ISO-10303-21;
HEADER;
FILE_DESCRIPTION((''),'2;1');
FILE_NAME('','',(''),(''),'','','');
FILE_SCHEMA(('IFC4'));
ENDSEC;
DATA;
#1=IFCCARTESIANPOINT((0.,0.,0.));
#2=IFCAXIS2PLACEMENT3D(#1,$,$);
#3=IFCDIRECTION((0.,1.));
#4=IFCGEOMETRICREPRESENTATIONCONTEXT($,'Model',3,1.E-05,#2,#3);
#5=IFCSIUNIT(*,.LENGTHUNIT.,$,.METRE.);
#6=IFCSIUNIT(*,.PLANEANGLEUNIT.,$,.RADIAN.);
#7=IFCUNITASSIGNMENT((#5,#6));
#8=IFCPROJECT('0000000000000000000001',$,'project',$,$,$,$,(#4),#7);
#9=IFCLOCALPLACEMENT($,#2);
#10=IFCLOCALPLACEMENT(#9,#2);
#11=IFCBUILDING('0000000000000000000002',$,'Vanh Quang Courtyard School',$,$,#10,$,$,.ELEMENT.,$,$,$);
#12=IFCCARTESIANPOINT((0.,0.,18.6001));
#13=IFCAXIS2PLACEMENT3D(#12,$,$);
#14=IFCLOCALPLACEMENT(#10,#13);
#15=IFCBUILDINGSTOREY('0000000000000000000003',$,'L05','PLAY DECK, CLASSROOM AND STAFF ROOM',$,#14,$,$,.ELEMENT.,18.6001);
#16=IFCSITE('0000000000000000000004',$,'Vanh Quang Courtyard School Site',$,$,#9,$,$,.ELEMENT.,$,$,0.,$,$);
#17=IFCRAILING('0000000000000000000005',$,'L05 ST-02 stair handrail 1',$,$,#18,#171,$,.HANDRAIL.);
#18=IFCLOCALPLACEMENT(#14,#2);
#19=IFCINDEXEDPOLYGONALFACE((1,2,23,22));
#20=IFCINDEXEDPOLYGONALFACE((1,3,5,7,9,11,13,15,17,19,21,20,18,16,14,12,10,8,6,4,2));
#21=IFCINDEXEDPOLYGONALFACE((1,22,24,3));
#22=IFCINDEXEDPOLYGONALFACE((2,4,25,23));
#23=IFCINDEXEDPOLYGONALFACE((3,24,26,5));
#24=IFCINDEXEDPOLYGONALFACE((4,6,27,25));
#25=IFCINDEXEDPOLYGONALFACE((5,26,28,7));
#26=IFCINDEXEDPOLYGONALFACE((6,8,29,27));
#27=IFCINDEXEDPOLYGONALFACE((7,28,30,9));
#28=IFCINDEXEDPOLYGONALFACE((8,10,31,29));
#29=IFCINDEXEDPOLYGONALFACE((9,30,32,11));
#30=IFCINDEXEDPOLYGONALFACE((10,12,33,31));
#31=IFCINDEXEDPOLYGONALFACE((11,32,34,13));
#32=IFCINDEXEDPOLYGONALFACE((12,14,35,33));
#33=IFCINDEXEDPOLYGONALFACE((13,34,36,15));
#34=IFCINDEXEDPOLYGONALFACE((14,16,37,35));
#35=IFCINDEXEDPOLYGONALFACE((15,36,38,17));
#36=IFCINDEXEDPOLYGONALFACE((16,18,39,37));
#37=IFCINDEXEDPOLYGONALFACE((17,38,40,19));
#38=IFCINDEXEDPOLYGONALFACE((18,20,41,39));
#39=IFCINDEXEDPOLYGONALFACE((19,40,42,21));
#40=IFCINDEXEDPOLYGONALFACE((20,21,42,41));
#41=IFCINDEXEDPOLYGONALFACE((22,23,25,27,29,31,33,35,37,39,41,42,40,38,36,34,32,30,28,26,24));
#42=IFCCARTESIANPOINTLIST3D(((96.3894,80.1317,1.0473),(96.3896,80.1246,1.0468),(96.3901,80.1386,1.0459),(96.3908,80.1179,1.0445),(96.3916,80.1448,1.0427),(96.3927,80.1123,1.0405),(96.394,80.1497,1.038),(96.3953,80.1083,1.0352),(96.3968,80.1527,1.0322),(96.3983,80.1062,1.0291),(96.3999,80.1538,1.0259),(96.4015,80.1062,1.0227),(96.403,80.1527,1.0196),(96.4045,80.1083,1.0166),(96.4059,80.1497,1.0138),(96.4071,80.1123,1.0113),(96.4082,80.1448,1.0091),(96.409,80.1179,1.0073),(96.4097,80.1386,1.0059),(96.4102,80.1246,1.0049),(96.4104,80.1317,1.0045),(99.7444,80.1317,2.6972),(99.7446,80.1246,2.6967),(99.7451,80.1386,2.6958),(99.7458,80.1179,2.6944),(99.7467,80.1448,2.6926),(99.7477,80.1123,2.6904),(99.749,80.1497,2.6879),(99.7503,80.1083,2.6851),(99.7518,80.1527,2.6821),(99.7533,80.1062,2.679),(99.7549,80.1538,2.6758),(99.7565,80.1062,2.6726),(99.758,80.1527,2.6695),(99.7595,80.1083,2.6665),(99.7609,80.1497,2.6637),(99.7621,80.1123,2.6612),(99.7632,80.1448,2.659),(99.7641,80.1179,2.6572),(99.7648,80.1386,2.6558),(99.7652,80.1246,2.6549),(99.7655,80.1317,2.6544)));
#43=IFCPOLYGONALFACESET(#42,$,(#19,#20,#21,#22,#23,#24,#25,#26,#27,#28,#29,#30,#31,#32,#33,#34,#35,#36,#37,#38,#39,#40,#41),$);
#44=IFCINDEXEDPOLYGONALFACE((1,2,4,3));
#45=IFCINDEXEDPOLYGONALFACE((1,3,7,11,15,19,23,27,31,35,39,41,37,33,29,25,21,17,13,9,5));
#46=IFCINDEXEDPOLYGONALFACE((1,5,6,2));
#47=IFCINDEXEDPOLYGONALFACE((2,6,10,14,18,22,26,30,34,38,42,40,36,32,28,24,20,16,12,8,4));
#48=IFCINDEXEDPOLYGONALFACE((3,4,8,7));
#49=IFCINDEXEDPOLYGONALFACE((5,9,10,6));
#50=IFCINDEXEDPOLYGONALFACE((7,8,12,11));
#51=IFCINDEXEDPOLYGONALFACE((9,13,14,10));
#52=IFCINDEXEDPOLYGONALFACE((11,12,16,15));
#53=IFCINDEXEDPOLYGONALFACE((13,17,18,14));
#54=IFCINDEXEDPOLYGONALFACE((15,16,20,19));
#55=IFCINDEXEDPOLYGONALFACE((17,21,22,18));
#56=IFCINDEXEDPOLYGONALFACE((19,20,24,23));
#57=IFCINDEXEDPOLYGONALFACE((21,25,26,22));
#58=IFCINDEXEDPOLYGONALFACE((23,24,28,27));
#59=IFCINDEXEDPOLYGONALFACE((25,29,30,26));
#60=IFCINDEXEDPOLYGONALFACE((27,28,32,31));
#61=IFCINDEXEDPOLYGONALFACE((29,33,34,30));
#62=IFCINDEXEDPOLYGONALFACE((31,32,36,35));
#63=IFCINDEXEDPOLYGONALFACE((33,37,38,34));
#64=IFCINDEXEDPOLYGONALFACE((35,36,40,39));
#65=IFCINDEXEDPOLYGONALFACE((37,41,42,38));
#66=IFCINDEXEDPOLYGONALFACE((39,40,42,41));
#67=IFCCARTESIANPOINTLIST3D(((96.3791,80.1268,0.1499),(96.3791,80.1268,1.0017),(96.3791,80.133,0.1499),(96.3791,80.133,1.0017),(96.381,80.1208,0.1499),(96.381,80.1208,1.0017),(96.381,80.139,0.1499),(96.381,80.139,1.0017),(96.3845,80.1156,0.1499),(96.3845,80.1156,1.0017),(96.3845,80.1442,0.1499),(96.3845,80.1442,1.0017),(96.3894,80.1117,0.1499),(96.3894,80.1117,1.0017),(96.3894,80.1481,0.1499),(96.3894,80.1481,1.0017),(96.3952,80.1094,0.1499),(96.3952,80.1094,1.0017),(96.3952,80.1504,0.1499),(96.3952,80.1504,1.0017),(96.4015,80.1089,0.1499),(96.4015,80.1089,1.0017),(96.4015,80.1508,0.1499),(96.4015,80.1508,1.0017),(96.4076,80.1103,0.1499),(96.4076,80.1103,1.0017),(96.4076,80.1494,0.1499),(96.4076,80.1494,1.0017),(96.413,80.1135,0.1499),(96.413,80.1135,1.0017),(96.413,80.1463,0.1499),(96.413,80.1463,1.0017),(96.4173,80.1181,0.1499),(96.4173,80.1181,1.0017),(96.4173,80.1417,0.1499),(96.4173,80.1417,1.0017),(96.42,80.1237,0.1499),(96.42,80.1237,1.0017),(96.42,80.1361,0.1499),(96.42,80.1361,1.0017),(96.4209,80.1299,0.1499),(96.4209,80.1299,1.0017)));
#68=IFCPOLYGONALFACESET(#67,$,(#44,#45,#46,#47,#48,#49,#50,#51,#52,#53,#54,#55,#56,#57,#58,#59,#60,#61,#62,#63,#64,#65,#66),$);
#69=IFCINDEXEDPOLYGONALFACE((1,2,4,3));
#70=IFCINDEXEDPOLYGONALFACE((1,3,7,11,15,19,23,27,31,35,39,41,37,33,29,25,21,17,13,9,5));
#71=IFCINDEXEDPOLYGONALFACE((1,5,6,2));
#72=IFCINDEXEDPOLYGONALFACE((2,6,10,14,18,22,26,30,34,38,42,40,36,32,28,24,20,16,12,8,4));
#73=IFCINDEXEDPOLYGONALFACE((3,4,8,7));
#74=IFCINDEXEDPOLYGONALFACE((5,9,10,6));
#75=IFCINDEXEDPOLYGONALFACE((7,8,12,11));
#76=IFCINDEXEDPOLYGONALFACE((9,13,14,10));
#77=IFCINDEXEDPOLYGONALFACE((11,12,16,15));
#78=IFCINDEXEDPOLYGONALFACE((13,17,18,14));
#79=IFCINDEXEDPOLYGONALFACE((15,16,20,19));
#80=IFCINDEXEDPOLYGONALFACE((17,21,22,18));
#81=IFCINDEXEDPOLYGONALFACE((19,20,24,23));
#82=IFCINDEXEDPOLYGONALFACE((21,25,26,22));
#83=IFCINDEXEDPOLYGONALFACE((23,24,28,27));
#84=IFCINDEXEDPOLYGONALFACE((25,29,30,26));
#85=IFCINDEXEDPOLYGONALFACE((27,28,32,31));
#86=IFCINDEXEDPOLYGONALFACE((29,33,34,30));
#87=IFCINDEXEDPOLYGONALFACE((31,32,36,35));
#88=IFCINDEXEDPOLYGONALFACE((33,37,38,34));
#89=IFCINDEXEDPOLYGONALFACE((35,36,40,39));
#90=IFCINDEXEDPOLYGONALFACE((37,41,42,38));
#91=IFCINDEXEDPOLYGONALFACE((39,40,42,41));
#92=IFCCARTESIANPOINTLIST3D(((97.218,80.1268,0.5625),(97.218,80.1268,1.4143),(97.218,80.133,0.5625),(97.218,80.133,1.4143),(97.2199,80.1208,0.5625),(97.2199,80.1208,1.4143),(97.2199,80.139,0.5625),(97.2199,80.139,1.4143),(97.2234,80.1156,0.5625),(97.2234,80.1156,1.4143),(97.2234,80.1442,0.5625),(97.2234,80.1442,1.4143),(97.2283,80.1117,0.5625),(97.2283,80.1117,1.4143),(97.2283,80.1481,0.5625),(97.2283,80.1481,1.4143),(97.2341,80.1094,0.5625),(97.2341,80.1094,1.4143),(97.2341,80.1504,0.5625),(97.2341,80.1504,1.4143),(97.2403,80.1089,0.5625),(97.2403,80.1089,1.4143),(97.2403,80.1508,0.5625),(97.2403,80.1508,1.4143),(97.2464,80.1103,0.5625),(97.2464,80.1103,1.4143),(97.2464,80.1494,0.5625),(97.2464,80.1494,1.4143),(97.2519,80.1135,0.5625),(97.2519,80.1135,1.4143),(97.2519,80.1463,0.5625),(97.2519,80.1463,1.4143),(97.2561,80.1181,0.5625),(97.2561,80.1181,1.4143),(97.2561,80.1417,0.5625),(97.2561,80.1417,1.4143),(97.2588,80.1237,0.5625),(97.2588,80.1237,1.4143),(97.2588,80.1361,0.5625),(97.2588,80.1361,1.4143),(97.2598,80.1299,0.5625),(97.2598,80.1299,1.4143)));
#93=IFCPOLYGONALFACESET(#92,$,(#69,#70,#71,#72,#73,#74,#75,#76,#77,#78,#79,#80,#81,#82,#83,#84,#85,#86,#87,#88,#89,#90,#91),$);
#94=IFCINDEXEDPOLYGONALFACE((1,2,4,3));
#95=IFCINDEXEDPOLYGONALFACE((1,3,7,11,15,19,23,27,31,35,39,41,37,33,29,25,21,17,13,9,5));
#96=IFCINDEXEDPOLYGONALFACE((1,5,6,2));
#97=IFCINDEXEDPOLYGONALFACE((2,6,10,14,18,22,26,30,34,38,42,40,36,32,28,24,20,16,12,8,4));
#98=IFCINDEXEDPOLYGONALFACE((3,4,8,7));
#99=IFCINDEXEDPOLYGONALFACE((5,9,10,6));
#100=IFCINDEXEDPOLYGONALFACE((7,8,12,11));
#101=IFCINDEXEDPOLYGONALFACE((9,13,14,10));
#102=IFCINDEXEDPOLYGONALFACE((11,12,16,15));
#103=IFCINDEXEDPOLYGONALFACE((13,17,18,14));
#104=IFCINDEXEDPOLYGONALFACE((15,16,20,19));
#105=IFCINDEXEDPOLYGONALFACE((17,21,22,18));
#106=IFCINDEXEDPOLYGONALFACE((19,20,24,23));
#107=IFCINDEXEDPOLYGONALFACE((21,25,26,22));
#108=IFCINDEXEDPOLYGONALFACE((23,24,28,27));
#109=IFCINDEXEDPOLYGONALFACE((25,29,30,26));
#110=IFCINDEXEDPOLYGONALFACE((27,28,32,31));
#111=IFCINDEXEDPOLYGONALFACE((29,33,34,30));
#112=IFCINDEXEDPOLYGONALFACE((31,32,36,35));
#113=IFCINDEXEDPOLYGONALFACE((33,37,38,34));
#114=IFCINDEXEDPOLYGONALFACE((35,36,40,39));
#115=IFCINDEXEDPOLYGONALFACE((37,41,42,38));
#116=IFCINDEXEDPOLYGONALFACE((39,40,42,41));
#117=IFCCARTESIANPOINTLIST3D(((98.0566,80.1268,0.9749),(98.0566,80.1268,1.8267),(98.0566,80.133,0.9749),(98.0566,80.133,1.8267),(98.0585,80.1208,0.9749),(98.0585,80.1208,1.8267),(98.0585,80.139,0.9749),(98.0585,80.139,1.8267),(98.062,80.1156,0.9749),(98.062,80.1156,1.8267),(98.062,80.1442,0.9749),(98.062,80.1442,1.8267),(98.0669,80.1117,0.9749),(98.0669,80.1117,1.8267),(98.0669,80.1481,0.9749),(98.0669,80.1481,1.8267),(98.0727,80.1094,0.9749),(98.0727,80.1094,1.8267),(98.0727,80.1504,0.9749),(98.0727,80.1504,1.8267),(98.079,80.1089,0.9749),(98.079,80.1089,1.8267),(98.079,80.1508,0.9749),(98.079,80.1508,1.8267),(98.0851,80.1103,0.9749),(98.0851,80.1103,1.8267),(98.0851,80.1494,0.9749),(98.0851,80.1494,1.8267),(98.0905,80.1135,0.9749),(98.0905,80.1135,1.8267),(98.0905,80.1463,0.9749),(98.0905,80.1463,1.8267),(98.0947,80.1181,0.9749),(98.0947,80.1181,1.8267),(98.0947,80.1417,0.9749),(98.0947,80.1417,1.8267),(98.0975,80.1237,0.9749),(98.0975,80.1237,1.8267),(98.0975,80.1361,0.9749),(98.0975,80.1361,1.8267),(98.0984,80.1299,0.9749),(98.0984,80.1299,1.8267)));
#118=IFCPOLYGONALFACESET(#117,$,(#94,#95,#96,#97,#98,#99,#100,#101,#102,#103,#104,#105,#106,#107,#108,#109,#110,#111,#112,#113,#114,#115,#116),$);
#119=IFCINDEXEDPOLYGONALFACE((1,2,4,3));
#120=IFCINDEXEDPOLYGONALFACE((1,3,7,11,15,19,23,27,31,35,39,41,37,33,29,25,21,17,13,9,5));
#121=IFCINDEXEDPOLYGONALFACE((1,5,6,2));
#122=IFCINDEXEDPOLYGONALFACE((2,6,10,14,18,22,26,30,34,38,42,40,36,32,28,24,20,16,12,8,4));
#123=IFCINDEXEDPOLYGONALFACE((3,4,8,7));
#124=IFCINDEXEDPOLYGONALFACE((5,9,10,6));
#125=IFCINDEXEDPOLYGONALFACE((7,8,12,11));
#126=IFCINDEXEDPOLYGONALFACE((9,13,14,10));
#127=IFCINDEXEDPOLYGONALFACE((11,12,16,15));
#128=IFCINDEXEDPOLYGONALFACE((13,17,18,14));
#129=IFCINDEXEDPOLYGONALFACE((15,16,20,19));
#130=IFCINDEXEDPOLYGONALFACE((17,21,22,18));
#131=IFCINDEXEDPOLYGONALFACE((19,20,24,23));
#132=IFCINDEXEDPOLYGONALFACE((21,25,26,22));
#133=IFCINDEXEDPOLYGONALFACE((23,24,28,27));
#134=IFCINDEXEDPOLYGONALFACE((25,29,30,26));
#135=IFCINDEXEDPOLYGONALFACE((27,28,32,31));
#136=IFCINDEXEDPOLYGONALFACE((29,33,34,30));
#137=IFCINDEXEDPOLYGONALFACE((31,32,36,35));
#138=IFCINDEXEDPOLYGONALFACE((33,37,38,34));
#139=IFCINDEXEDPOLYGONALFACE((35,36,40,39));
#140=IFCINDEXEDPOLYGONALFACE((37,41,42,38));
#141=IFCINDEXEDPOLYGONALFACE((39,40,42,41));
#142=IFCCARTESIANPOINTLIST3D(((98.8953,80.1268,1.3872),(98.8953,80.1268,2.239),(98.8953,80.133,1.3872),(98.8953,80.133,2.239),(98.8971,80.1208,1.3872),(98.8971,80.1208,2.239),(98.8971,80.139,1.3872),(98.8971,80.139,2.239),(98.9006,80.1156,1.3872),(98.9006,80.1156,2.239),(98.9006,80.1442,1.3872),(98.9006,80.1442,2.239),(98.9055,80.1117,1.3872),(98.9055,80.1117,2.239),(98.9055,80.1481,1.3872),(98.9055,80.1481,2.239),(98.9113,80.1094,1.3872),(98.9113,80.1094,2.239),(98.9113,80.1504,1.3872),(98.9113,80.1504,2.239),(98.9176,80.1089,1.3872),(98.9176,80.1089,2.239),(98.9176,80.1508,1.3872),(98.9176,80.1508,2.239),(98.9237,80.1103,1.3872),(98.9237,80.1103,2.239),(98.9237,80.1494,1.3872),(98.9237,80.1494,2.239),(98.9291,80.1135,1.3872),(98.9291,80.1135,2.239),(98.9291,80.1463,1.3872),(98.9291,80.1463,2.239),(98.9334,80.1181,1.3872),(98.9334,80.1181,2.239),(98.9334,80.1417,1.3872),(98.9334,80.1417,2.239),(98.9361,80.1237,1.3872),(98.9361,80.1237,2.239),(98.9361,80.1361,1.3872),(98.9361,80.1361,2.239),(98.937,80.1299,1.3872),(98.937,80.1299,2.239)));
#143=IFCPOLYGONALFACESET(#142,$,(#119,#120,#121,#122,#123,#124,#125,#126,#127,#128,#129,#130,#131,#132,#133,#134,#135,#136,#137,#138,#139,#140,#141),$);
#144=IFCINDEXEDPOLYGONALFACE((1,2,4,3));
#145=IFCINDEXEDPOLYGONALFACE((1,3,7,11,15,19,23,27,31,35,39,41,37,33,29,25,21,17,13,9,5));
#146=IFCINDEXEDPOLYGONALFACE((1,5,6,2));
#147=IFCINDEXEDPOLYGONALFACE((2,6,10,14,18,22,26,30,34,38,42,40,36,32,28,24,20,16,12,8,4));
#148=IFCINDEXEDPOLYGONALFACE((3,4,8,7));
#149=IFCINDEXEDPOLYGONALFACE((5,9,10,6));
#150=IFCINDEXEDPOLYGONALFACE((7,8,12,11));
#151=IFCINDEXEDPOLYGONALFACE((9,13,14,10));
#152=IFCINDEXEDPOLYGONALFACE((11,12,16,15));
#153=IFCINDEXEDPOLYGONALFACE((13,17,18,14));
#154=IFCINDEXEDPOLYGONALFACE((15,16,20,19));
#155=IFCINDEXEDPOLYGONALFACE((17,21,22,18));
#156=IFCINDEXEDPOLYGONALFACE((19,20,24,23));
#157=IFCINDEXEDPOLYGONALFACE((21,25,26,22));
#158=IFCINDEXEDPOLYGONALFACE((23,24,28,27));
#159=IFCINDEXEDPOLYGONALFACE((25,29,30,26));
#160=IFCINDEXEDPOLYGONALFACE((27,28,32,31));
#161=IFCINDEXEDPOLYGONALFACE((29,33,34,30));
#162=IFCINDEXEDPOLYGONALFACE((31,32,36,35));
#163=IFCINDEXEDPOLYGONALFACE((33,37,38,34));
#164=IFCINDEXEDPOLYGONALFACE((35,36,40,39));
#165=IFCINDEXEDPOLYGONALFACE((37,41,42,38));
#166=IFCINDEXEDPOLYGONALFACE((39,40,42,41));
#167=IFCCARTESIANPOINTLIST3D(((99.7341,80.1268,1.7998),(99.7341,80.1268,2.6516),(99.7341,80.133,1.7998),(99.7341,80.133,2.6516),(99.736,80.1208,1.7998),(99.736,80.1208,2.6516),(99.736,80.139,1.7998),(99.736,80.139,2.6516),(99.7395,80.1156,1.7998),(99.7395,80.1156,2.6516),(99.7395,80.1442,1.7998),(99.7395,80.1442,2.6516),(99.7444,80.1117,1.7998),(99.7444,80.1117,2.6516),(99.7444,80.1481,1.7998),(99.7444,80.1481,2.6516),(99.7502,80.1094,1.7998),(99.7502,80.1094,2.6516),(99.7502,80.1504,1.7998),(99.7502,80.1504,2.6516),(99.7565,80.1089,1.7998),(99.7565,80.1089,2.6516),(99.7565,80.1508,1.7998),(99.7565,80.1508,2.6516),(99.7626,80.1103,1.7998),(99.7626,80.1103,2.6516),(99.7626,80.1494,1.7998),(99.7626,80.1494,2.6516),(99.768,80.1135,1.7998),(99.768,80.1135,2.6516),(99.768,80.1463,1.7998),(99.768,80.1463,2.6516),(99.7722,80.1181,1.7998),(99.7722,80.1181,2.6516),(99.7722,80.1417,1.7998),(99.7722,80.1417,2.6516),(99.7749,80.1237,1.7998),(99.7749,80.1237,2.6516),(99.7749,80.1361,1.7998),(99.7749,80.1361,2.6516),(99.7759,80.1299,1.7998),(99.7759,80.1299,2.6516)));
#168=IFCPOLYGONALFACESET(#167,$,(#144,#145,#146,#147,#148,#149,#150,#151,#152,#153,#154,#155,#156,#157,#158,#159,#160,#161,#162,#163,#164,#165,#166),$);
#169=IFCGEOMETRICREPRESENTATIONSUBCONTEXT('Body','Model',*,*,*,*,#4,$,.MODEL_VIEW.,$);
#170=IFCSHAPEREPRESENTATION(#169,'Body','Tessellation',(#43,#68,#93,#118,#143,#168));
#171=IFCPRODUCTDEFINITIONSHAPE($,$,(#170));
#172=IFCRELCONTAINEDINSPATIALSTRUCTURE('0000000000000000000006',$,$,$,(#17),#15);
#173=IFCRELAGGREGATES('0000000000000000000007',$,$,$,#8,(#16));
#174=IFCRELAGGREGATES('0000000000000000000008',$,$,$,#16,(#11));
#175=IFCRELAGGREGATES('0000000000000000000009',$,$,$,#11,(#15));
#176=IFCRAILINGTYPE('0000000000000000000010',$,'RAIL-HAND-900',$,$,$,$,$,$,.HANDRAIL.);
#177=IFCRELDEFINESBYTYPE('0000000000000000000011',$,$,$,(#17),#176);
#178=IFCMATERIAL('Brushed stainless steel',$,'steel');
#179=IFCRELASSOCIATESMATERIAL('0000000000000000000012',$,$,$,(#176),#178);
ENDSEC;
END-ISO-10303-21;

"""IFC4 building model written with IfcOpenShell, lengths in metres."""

from ifc_helpers import new_model, si_unit, direction, frame, origin, origin_2d, place, context, subcontext, project, spatial, circle, extrude, material, type_object, element, save


model = new_model("IFC4")

# Units and contexts
model_context = context("Model", 3, precision=1e-05, world=origin(), true_north=direction((0.0, 1.0)))
body_context = subcontext(model_context, "Body", "Model", "MODEL_VIEW")
ifc_project = project(units=[si_unit("LENGTHUNIT", "METRE"), si_unit("PLANEANGLEUNIT", "RADIAN")], contexts=[model_context])

# Site, building, storey
site_placement = place(None, origin())
site = spatial("IfcSite", under=ifc_project, at=site_placement, Name="Vanh Quang Courtyard School Site", CompositionType="ELEMENT", RefElevation=0.0)
building_placement = place(site_placement, origin())
building = spatial("IfcBuilding", under=site, at=building_placement, Name="Vanh Quang Courtyard School", CompositionType="ELEMENT")
storey_placement = place(building_placement, frame((0.0, 0.0, 18.6001)))
storey = spatial("IfcBuildingStorey", under=building, at=storey_placement, Name="L05", Description="PLAY DECK, CLASSROOM AND STAFF ROOM", CompositionType="ELEMENT", Elevation=18.6001)

# Railing
ifc_material_1 = material(Name="Brushed stainless steel", Category="steel")
railing_type_1 = type_object("IfcRailingType", Name="RAIL-HAND-900", PredefinedType="HANDRAIL", material=ifc_material_1)
railing_1_placement = place(storey_placement, frame((96.3999, 80.1299, 0.1499)))
element("IfcRailing", 1, at=railing_1_placement, inside=storey, type_object=railing_type_1, Name="L05 ST-02 stair handrail 1", PredefinedType="HANDRAIL", context=body_context, shape_type="SweptSolid", body=[
    extrude(circle(Radius=0.0239, at=origin_2d()), frame((0.0, 0.0, 0.876), z_axis=(0.897359, 0.0, 0.441301), x_axis=(0.0, 1.0, 0.0)), (0.0, 0.0, 1.0), 3.7388),
    extrude(circle(Radius=0.021, at=origin_2d()), origin(), (0.0, 0.0, 1.0), 0.8518),
    extrude(circle(Radius=0.021, at=origin_2d()), frame((0.8389, 0.0, 0.4126)), (0.0, 0.0, 1.0), 0.8518),
    extrude(circle(Radius=0.021, at=origin_2d()), frame((1.6775, 0.0, 0.825)), (0.0, 0.0, 1.0), 0.8518),
    extrude(circle(Radius=0.021, at=origin_2d()), frame((2.5161, 0.0, 1.2373)), (0.0, 0.0, 1.0), 0.8518),
    extrude(circle(Radius=0.021, at=origin_2d()), frame((3.355, 0.0, 1.6499)), (0.0, 0.0, 1.0), 0.8518),
])

save(model, "model.ifc")
